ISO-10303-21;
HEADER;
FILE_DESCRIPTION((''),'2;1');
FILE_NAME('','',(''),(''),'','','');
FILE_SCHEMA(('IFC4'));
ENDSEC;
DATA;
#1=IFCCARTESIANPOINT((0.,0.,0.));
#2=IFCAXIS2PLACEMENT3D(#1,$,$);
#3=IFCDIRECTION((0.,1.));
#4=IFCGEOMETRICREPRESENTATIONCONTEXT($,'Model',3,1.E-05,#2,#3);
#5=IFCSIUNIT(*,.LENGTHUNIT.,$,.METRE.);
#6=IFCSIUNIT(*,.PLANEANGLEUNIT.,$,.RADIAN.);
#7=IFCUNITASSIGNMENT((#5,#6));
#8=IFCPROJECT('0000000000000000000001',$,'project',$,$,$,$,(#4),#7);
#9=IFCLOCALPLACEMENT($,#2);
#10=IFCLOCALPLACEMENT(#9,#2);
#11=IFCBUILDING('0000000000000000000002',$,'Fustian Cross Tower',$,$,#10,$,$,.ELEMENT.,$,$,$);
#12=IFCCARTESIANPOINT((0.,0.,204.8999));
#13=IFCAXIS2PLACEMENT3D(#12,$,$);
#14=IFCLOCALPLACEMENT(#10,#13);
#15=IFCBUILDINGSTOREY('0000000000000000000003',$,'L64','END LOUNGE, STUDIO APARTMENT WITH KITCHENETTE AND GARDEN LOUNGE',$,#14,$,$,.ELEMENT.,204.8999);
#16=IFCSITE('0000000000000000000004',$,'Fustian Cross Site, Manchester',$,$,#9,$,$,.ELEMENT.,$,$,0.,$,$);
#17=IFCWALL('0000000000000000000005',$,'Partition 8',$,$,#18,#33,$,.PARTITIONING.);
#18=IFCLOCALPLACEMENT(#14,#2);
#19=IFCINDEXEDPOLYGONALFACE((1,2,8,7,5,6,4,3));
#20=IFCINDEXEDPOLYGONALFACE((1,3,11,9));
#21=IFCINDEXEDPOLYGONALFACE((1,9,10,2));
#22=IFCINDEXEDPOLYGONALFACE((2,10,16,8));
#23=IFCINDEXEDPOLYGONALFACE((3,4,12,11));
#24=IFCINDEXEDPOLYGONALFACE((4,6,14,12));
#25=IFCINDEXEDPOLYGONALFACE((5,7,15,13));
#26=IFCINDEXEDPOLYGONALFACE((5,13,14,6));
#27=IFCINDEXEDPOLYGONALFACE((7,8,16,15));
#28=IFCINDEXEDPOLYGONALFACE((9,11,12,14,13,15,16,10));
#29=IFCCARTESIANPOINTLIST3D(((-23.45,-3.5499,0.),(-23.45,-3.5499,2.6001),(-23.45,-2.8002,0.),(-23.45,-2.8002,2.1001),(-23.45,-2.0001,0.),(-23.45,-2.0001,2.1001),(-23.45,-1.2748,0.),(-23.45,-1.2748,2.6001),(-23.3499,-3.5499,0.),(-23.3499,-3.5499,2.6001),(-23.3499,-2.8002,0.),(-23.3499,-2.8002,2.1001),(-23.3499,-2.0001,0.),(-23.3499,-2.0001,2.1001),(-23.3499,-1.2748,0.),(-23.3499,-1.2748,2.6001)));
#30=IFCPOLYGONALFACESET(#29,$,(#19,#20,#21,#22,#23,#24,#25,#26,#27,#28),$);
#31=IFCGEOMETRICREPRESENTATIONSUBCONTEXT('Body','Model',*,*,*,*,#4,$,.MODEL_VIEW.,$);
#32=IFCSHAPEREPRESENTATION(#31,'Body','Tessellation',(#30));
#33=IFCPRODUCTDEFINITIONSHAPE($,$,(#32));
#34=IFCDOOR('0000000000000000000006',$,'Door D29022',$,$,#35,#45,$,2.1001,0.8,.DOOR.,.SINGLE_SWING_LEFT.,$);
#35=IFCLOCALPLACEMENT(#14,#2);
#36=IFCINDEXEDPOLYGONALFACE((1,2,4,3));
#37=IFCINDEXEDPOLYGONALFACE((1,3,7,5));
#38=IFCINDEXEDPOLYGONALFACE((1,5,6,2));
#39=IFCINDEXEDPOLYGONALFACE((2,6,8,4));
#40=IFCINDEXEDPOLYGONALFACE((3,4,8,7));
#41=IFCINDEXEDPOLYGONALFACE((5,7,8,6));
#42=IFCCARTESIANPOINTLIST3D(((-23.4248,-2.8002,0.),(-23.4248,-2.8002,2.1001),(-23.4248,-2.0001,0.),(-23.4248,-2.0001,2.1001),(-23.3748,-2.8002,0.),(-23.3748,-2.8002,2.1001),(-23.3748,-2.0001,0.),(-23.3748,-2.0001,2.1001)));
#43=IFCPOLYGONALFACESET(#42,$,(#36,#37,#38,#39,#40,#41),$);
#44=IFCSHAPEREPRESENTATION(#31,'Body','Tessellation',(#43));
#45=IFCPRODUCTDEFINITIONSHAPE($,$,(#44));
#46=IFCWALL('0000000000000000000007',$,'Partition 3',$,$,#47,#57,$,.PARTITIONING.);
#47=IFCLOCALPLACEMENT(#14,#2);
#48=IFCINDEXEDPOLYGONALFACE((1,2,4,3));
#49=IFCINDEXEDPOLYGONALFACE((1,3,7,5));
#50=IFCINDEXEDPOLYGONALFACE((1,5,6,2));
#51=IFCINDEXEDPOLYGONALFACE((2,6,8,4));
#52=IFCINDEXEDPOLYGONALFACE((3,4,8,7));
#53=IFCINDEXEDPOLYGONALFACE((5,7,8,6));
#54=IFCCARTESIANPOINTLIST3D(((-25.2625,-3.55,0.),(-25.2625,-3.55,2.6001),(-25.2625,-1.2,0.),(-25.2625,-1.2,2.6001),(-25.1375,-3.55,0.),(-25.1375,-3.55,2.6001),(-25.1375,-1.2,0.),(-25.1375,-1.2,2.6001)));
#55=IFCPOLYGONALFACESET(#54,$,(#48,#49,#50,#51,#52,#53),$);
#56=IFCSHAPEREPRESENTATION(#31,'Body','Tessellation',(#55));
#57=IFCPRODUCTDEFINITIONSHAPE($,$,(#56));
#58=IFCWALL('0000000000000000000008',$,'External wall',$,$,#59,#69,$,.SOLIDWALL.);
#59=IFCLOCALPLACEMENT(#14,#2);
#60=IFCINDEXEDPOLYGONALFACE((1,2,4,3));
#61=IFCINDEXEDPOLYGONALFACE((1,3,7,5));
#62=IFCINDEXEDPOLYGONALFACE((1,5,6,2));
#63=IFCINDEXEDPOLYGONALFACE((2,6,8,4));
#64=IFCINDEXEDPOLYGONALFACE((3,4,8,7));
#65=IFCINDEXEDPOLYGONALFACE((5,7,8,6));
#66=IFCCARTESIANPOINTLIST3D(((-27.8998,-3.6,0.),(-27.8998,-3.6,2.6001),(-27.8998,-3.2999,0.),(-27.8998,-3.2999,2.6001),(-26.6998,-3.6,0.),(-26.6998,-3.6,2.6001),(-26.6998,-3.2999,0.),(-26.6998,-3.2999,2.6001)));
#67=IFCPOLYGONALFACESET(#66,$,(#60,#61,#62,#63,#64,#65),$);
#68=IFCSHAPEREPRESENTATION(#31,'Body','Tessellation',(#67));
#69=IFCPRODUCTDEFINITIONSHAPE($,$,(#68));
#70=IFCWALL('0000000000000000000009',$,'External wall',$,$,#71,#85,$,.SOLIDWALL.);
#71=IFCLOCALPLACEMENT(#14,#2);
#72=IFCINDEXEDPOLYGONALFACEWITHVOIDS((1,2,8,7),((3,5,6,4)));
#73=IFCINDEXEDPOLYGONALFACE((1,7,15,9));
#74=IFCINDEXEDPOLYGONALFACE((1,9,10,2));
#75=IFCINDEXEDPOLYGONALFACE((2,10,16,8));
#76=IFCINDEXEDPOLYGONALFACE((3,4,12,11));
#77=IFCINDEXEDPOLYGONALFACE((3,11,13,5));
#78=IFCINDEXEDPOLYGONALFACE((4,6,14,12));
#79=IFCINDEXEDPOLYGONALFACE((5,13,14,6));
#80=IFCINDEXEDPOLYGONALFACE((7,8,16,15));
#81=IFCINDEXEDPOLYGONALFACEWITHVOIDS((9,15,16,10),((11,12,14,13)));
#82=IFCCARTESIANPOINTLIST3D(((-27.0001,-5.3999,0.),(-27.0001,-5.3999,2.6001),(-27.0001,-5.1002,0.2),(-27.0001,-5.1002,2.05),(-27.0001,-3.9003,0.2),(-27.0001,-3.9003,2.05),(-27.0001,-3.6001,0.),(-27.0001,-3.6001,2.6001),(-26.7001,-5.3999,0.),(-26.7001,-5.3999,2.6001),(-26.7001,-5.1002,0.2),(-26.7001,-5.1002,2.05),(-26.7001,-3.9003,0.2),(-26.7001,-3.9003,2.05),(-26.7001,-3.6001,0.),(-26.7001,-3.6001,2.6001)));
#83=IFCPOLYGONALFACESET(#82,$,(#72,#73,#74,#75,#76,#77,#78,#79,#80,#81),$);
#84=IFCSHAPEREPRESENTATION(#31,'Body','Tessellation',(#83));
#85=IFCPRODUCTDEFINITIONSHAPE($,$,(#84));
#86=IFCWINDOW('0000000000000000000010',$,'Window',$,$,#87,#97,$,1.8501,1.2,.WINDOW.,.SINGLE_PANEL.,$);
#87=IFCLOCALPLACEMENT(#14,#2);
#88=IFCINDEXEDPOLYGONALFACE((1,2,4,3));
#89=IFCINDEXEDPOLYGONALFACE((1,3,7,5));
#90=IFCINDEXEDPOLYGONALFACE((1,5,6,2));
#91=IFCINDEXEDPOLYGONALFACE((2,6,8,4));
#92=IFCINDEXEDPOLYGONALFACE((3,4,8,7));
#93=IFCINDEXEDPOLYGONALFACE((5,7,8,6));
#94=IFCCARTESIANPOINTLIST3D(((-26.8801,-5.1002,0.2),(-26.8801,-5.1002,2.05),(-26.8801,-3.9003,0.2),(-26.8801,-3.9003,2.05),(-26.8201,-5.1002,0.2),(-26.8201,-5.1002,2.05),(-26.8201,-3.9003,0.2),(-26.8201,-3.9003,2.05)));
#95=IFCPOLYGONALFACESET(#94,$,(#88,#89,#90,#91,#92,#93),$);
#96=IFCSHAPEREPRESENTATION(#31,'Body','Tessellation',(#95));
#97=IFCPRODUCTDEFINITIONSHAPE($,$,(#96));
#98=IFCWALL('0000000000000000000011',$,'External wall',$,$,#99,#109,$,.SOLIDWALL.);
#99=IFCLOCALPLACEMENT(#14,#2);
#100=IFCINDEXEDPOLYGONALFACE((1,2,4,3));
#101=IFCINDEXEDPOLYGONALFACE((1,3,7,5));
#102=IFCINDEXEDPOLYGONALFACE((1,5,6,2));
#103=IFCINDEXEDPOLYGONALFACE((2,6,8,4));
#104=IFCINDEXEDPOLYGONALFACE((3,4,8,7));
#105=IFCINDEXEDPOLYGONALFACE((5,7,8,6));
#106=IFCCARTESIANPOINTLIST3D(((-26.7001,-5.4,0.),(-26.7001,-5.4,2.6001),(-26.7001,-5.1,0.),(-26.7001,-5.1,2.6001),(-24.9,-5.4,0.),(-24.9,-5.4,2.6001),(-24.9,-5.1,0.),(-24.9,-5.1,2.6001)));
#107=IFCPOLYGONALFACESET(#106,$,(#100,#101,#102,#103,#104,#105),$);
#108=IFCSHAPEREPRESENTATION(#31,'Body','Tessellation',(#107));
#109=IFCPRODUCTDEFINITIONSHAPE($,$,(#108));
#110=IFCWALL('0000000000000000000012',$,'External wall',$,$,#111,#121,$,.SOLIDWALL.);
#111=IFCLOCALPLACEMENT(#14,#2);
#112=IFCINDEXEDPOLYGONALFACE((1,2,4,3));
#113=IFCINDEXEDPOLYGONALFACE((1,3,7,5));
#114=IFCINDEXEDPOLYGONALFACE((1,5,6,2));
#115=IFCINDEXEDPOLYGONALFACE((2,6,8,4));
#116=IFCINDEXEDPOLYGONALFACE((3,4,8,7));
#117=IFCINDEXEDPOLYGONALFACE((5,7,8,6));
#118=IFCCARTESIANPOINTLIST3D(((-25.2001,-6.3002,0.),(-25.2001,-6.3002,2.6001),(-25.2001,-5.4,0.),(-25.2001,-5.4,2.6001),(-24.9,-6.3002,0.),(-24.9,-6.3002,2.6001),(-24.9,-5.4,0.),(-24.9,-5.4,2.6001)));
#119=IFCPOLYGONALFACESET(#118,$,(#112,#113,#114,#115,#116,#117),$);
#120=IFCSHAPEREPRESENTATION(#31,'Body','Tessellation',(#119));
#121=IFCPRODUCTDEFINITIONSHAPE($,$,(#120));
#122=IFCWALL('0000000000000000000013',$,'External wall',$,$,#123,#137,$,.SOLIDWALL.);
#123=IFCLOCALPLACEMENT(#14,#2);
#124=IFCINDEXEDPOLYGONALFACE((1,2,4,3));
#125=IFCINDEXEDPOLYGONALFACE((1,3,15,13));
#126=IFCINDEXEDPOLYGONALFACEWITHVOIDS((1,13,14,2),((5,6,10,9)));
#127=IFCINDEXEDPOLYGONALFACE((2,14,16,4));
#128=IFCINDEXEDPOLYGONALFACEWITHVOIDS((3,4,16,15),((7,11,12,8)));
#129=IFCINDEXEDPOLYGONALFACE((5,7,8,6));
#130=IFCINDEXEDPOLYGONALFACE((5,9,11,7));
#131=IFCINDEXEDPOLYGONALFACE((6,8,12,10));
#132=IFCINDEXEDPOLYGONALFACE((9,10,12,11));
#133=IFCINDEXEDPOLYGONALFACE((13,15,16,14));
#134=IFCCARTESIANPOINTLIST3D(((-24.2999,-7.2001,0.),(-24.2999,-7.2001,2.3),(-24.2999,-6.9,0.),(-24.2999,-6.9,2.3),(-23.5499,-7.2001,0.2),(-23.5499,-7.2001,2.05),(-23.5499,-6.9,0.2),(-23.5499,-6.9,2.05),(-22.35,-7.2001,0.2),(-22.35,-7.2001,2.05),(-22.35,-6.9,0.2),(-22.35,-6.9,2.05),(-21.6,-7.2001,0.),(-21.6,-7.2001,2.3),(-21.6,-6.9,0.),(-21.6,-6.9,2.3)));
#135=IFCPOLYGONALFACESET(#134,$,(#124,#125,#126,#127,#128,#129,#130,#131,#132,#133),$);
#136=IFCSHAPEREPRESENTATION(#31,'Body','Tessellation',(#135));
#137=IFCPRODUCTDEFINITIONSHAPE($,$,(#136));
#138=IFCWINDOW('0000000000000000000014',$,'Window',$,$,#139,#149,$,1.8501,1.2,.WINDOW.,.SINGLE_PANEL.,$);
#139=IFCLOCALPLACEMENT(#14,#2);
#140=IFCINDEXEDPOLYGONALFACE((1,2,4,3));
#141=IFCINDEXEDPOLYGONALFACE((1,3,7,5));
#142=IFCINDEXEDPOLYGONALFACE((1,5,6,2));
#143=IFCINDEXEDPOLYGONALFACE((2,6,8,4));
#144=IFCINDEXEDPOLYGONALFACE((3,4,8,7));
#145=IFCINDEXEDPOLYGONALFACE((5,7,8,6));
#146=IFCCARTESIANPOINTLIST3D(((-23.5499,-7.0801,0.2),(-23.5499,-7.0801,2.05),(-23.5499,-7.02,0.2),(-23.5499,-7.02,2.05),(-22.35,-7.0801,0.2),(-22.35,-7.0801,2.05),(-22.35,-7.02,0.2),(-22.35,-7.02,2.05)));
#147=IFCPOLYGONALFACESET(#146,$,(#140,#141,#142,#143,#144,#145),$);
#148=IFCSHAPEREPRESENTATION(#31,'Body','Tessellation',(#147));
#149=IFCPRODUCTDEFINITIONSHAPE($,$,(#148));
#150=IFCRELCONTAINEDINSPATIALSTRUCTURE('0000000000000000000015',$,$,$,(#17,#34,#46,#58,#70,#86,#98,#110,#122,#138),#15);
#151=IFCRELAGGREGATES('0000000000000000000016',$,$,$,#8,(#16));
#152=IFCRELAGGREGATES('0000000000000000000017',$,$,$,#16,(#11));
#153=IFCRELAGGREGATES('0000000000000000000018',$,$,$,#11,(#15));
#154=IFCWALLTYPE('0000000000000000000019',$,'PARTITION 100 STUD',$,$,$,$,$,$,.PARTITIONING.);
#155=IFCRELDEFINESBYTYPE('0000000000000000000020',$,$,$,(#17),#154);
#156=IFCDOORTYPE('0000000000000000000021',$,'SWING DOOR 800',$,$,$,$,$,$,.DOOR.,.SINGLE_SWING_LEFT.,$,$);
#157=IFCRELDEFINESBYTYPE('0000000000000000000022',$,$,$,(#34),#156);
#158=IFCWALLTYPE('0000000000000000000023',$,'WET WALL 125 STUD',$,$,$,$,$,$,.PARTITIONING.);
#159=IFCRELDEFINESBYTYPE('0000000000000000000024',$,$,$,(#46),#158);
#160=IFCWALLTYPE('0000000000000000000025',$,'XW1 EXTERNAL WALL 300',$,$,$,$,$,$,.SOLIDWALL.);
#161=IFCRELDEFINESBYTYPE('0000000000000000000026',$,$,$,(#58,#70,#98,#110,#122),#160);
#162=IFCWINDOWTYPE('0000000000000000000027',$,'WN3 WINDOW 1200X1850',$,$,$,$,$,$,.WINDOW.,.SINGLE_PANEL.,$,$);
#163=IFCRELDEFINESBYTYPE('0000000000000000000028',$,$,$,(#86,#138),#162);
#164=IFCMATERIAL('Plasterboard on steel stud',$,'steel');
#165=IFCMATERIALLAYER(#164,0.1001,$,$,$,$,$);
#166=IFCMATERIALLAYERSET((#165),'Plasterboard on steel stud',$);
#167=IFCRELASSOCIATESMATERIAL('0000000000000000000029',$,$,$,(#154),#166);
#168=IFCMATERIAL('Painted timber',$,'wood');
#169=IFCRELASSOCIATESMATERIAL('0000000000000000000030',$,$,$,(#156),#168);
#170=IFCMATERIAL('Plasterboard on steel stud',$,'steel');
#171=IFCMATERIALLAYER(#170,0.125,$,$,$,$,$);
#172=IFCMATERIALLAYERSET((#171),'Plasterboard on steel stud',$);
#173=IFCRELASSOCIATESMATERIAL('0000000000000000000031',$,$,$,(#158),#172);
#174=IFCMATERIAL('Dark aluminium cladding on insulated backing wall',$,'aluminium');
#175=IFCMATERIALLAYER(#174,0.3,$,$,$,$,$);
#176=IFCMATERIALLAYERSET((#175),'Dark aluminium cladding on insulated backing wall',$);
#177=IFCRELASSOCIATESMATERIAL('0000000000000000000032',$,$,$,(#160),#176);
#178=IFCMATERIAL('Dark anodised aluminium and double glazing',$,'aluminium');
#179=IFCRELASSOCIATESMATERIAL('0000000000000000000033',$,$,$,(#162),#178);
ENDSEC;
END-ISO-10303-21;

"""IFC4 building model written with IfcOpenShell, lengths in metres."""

from ifc_helpers import new_model, si_unit, direction, frame, frame_2d, origin, place, context, subcontext, project, spatial, rectangle, extrude, material, layer, layer_set, type_object, element, fill, save


model = new_model("IFC4")

# Units and contexts
model_context = context("Model", 3, precision=1e-05, world=origin(), true_north=direction((0.0, 1.0)))
body_context = subcontext(model_context, "Body", "Model", "MODEL_VIEW")
ifc_project = project(units=[si_unit("LENGTHUNIT", "METRE"), si_unit("PLANEANGLEUNIT", "RADIAN")], contexts=[model_context])

# Site, building, storey
site_placement = place(None, origin())
site = spatial("IfcSite", under=ifc_project, at=site_placement, Name="Fustian Cross Site, Manchester", CompositionType="ELEMENT", RefElevation=0.0)
building_placement = place(site_placement, origin())
building = spatial("IfcBuilding", under=site, at=building_placement, Name="Fustian Cross Tower", CompositionType="ELEMENT")
storey_placement = place(building_placement, frame((0.0, 0.0, 204.8999)))
storey = spatial("IfcBuildingStorey", under=building, at=storey_placement, Name="L64", Description="END LOUNGE, STUDIO APARTMENT WITH KITCHENETTE AND GARDEN LOUNGE", CompositionType="ELEMENT", Elevation=204.8999)

# Shared definitions
ifc_material_1 = material(Name="Plasterboard on steel stud", Category="steel")
ifc_layer_1 = layer(ifc_material_1, 0.1001)
ifc_layer_set_1 = layer_set([ifc_layer_1], Name="Plasterboard on steel stud")
wall_type_1 = type_object("IfcWallType", Name="PARTITION 100 STUD", PredefinedType="PARTITIONING", material=ifc_layer_set_1)

# Wall, opening, door
wall_1_placement = place(storey_placement, frame((-23.3999, -3.55, 0.0), z_axis=(0.0, 0.0, 1.0), x_axis=(0.0, 1.0, 0.0)))
wall_1 = element("IfcWall", 1, at=wall_1_placement, inside=storey, type_object=wall_type_1, Name="Partition 8", PredefinedType="PARTITIONING", context=body_context, shape_type="SweptSolid", body=[
    extrude(rectangle(XDim=2.2751, YDim=0.1001, at=frame_2d((1.1377, 0.0))), origin(), (0.0, 0.0, 1.0), 2.6001),
])
opening_1_placement = place(wall_1_placement, frame((0.75, 0.0, 0.0)))
opening_1 = element("IfcOpeningElement", 2, at=opening_1_placement, cuts=wall_1, PredefinedType="OPENING", context=body_context, shape_type="SweptSolid", body=[
    extrude(rectangle(XDim=0.8, YDim=2.1001, at=frame_2d((0.3999, 1.05))), frame((0.0, 0.0601, 0.0), z_axis=(0.0, -1.0, 0.0), x_axis=(1.0, 0.0, 0.0)), (0.0, 0.0, 1.0), 0.1201),
])
ifc_material_2 = material(Name="Painted timber", Category="wood")
door_type_1 = type_object("IfcDoorType", Name="SWING DOOR 800", OperationType="SINGLE_SWING_LEFT", PredefinedType="DOOR", material=ifc_material_2)
door_1_placement = place(opening_1_placement, origin())
door_1 = element("IfcDoor", 3, at=door_1_placement, inside=storey, type_object=door_type_1, Name="Door D29022", OperationType="SINGLE_SWING_LEFT", OverallHeight=2.1001, OverallWidth=0.8, PredefinedType="DOOR", context=body_context, shape_type="SweptSolid", body=[
    extrude(rectangle(XDim=0.8, YDim=2.1001, at=frame_2d((0.3999, 1.05))), frame((0.0, 0.0249, 0.0), z_axis=(0.0, -1.0, 0.0), x_axis=(1.0, 0.0, 0.0)), (0.0, 0.0, 1.0), 0.05),
])
fill(opening_1, door_1)

# Walls
ifc_material_3 = material(Name="Plasterboard on steel stud", Category="steel")
ifc_layer_2 = layer(ifc_material_3, 0.125)
ifc_layer_set_2 = layer_set([ifc_layer_2], Name="Plasterboard on steel stud")
wall_type_2 = type_object("IfcWallType", Name="WET WALL 125 STUD", PredefinedType="PARTITIONING", material=ifc_layer_set_2)
wall_2_placement = place(storey_placement, frame((-25.2, -3.55, 0.0), z_axis=(0.0, 0.0, 1.0), x_axis=(0.0, 1.0, 0.0)))
element("IfcWall", 4, at=wall_2_placement, inside=storey, type_object=wall_type_2, Name="Partition 3", PredefinedType="PARTITIONING", context=body_context, shape_type="SweptSolid", body=[
    extrude(rectangle(XDim=2.3501, YDim=0.125, at=frame_2d((1.175, 0.0))), origin(), (0.0, 0.0, 1.0), 2.6001),
])
ifc_material_4 = material(Name="Dark aluminium cladding on insulated backing wall", Category="aluminium")
ifc_layer_3 = layer(ifc_material_4, 0.3)
ifc_layer_set_3 = layer_set([ifc_layer_3], Name="Dark aluminium cladding on insulated backing wall")
wall_type_3 = type_object("IfcWallType", Name="XW1 EXTERNAL WALL 300", PredefinedType="SOLIDWALL", material=ifc_layer_set_3)
wall_3_placement = place(storey_placement, frame((-27.8999, -3.45, 0.0), z_axis=(0.0, 0.0, 1.0), x_axis=(1.0, 0.0, 0.0)))
element("IfcWall", 5, at=wall_3_placement, inside=storey, type_object=wall_type_3, Name="External wall", PredefinedType="SOLIDWALL", context=body_context, shape_type="SweptSolid", body=[
    extrude(rectangle(XDim=1.2, YDim=0.3, at=frame_2d((0.6001, 0.0))), origin(), (0.0, 0.0, 1.0), 2.6001),
])

# Wall, opening, window
wall_4_placement = place(storey_placement, frame((-26.8501, -3.6001, 0.0), z_axis=(0.0, 0.0, 1.0), x_axis=(0.0, -1.0, 0.0)))
wall_4 = element("IfcWall", 6, at=wall_4_placement, inside=storey, type_object=wall_type_3, Name="External wall", PredefinedType="SOLIDWALL", context=body_context, shape_type="SweptSolid", body=[
    extrude(rectangle(XDim=1.7998, YDim=0.3, at=frame_2d((0.8999, 0.0))), origin(), (0.0, 0.0, 1.0), 2.6001),
])
opening_2_placement = place(wall_4_placement, frame((0.3, 0.0, 0.2)))
opening_2 = element("IfcOpeningElement", 7, at=opening_2_placement, cuts=wall_4, PredefinedType="OPENING", context=body_context, shape_type="SweptSolid", body=[
    extrude(rectangle(XDim=1.2, YDim=1.8501, at=frame_2d((0.6001, 0.925))), frame((0.0, 0.1599, 0.0), z_axis=(0.0, -1.0, 0.0), x_axis=(1.0, 0.0, 0.0)), (0.0, 0.0, 1.0), 0.3201),
])
ifc_material_5 = material(Name="Dark anodised aluminium and double glazing", Category="aluminium")
window_type = type_object("IfcWindowType", Name="WN3 WINDOW 1200X1850", PartitioningType="SINGLE_PANEL", PredefinedType="WINDOW", material=ifc_material_5)
window_1_placement = place(opening_2_placement, origin())
window_1 = element("IfcWindow", 8, at=window_1_placement, inside=storey, type_object=window_type, Name="Window", OverallHeight=1.8501, OverallWidth=1.2, PartitioningType="SINGLE_PANEL", PredefinedType="WINDOW", context=body_context, shape_type="SweptSolid", body=[
    extrude(rectangle(XDim=1.2, YDim=1.8501, at=frame_2d((0.6001, 0.925))), frame((0.0, 0.03, 0.0), z_axis=(0.0, -1.0, 0.0), x_axis=(1.0, 0.0, 0.0)), (0.0, 0.0, 1.0), 0.0601),
])
fill(opening_2, window_1)

# Walls
wall_5_placement = place(storey_placement, frame((-26.7, -5.25, 0.0), z_axis=(0.0, 0.0, 1.0), x_axis=(1.0, 0.0, 0.0)))
element("IfcWall", 9, at=wall_5_placement, inside=storey, type_object=wall_type_3, Name="External wall", PredefinedType="SOLIDWALL", context=body_context, shape_type="SweptSolid", body=[
    extrude(rectangle(XDim=1.8, YDim=0.3, at=frame_2d((0.8999, 0.0))), origin(), (0.0, 0.0, 1.0), 2.6001),
])
wall_6_placement = place(storey_placement, frame((-25.05, -5.3999, 0.0), z_axis=(0.0, 0.0, 1.0), x_axis=(0.0, -1.0, 0.0)))
element("IfcWall", 10, at=wall_6_placement, inside=storey, type_object=wall_type_3, Name="External wall", PredefinedType="SOLIDWALL", context=body_context, shape_type="SweptSolid", body=[
    extrude(rectangle(XDim=0.9001, YDim=0.3, at=frame_2d((0.4502, 0.0))), origin(), (0.0, 0.0, 1.0), 2.6001),
])

# Wall, opening, window
wall_7_placement = place(storey_placement, frame((-24.3, -7.05, 0.0), z_axis=(0.0, 0.0, 1.0), x_axis=(1.0, 0.0, 0.0)))
wall_7 = element("IfcWall", 11, at=wall_7_placement, inside=storey, type_object=wall_type_3, Name="External wall", PredefinedType="SOLIDWALL", context=body_context, shape_type="SweptSolid", body=[
    extrude(rectangle(XDim=2.7, YDim=0.3, at=frame_2d((1.3501, 0.0))), origin(), (0.0, 0.0, 1.0), 2.3),
])
opening_3_placement = place(wall_7_placement, frame((0.75, 0.0, 0.2)))
opening_3 = element("IfcOpeningElement", 12, at=opening_3_placement, cuts=wall_7, PredefinedType="OPENING", context=body_context, shape_type="SweptSolid", body=[
    extrude(rectangle(XDim=1.2, YDim=1.8501, at=frame_2d((0.6001, 0.925))), frame((0.0, 0.1599, 0.0), z_axis=(0.0, -1.0, 0.0), x_axis=(1.0, 0.0, 0.0)), (0.0, 0.0, 1.0), 0.3201),
])
window_2_placement = place(opening_3_placement, origin())
window_2 = element("IfcWindow", 13, at=window_2_placement, inside=storey, type_object=window_type, Name="Window", OverallHeight=1.8501, OverallWidth=1.2, PartitioningType="SINGLE_PANEL", PredefinedType="WINDOW", context=body_context, shape_type="SweptSolid", body=[
    extrude(rectangle(XDim=1.2, YDim=1.8501, at=frame_2d((0.6001, 0.925))), frame((0.0, 0.03, 0.0), z_axis=(0.0, -1.0, 0.0), x_axis=(1.0, 0.0, 0.0)), (0.0, 0.0, 1.0), 0.0601),
])
fill(opening_3, window_2)

save(model, "model.ifc")
